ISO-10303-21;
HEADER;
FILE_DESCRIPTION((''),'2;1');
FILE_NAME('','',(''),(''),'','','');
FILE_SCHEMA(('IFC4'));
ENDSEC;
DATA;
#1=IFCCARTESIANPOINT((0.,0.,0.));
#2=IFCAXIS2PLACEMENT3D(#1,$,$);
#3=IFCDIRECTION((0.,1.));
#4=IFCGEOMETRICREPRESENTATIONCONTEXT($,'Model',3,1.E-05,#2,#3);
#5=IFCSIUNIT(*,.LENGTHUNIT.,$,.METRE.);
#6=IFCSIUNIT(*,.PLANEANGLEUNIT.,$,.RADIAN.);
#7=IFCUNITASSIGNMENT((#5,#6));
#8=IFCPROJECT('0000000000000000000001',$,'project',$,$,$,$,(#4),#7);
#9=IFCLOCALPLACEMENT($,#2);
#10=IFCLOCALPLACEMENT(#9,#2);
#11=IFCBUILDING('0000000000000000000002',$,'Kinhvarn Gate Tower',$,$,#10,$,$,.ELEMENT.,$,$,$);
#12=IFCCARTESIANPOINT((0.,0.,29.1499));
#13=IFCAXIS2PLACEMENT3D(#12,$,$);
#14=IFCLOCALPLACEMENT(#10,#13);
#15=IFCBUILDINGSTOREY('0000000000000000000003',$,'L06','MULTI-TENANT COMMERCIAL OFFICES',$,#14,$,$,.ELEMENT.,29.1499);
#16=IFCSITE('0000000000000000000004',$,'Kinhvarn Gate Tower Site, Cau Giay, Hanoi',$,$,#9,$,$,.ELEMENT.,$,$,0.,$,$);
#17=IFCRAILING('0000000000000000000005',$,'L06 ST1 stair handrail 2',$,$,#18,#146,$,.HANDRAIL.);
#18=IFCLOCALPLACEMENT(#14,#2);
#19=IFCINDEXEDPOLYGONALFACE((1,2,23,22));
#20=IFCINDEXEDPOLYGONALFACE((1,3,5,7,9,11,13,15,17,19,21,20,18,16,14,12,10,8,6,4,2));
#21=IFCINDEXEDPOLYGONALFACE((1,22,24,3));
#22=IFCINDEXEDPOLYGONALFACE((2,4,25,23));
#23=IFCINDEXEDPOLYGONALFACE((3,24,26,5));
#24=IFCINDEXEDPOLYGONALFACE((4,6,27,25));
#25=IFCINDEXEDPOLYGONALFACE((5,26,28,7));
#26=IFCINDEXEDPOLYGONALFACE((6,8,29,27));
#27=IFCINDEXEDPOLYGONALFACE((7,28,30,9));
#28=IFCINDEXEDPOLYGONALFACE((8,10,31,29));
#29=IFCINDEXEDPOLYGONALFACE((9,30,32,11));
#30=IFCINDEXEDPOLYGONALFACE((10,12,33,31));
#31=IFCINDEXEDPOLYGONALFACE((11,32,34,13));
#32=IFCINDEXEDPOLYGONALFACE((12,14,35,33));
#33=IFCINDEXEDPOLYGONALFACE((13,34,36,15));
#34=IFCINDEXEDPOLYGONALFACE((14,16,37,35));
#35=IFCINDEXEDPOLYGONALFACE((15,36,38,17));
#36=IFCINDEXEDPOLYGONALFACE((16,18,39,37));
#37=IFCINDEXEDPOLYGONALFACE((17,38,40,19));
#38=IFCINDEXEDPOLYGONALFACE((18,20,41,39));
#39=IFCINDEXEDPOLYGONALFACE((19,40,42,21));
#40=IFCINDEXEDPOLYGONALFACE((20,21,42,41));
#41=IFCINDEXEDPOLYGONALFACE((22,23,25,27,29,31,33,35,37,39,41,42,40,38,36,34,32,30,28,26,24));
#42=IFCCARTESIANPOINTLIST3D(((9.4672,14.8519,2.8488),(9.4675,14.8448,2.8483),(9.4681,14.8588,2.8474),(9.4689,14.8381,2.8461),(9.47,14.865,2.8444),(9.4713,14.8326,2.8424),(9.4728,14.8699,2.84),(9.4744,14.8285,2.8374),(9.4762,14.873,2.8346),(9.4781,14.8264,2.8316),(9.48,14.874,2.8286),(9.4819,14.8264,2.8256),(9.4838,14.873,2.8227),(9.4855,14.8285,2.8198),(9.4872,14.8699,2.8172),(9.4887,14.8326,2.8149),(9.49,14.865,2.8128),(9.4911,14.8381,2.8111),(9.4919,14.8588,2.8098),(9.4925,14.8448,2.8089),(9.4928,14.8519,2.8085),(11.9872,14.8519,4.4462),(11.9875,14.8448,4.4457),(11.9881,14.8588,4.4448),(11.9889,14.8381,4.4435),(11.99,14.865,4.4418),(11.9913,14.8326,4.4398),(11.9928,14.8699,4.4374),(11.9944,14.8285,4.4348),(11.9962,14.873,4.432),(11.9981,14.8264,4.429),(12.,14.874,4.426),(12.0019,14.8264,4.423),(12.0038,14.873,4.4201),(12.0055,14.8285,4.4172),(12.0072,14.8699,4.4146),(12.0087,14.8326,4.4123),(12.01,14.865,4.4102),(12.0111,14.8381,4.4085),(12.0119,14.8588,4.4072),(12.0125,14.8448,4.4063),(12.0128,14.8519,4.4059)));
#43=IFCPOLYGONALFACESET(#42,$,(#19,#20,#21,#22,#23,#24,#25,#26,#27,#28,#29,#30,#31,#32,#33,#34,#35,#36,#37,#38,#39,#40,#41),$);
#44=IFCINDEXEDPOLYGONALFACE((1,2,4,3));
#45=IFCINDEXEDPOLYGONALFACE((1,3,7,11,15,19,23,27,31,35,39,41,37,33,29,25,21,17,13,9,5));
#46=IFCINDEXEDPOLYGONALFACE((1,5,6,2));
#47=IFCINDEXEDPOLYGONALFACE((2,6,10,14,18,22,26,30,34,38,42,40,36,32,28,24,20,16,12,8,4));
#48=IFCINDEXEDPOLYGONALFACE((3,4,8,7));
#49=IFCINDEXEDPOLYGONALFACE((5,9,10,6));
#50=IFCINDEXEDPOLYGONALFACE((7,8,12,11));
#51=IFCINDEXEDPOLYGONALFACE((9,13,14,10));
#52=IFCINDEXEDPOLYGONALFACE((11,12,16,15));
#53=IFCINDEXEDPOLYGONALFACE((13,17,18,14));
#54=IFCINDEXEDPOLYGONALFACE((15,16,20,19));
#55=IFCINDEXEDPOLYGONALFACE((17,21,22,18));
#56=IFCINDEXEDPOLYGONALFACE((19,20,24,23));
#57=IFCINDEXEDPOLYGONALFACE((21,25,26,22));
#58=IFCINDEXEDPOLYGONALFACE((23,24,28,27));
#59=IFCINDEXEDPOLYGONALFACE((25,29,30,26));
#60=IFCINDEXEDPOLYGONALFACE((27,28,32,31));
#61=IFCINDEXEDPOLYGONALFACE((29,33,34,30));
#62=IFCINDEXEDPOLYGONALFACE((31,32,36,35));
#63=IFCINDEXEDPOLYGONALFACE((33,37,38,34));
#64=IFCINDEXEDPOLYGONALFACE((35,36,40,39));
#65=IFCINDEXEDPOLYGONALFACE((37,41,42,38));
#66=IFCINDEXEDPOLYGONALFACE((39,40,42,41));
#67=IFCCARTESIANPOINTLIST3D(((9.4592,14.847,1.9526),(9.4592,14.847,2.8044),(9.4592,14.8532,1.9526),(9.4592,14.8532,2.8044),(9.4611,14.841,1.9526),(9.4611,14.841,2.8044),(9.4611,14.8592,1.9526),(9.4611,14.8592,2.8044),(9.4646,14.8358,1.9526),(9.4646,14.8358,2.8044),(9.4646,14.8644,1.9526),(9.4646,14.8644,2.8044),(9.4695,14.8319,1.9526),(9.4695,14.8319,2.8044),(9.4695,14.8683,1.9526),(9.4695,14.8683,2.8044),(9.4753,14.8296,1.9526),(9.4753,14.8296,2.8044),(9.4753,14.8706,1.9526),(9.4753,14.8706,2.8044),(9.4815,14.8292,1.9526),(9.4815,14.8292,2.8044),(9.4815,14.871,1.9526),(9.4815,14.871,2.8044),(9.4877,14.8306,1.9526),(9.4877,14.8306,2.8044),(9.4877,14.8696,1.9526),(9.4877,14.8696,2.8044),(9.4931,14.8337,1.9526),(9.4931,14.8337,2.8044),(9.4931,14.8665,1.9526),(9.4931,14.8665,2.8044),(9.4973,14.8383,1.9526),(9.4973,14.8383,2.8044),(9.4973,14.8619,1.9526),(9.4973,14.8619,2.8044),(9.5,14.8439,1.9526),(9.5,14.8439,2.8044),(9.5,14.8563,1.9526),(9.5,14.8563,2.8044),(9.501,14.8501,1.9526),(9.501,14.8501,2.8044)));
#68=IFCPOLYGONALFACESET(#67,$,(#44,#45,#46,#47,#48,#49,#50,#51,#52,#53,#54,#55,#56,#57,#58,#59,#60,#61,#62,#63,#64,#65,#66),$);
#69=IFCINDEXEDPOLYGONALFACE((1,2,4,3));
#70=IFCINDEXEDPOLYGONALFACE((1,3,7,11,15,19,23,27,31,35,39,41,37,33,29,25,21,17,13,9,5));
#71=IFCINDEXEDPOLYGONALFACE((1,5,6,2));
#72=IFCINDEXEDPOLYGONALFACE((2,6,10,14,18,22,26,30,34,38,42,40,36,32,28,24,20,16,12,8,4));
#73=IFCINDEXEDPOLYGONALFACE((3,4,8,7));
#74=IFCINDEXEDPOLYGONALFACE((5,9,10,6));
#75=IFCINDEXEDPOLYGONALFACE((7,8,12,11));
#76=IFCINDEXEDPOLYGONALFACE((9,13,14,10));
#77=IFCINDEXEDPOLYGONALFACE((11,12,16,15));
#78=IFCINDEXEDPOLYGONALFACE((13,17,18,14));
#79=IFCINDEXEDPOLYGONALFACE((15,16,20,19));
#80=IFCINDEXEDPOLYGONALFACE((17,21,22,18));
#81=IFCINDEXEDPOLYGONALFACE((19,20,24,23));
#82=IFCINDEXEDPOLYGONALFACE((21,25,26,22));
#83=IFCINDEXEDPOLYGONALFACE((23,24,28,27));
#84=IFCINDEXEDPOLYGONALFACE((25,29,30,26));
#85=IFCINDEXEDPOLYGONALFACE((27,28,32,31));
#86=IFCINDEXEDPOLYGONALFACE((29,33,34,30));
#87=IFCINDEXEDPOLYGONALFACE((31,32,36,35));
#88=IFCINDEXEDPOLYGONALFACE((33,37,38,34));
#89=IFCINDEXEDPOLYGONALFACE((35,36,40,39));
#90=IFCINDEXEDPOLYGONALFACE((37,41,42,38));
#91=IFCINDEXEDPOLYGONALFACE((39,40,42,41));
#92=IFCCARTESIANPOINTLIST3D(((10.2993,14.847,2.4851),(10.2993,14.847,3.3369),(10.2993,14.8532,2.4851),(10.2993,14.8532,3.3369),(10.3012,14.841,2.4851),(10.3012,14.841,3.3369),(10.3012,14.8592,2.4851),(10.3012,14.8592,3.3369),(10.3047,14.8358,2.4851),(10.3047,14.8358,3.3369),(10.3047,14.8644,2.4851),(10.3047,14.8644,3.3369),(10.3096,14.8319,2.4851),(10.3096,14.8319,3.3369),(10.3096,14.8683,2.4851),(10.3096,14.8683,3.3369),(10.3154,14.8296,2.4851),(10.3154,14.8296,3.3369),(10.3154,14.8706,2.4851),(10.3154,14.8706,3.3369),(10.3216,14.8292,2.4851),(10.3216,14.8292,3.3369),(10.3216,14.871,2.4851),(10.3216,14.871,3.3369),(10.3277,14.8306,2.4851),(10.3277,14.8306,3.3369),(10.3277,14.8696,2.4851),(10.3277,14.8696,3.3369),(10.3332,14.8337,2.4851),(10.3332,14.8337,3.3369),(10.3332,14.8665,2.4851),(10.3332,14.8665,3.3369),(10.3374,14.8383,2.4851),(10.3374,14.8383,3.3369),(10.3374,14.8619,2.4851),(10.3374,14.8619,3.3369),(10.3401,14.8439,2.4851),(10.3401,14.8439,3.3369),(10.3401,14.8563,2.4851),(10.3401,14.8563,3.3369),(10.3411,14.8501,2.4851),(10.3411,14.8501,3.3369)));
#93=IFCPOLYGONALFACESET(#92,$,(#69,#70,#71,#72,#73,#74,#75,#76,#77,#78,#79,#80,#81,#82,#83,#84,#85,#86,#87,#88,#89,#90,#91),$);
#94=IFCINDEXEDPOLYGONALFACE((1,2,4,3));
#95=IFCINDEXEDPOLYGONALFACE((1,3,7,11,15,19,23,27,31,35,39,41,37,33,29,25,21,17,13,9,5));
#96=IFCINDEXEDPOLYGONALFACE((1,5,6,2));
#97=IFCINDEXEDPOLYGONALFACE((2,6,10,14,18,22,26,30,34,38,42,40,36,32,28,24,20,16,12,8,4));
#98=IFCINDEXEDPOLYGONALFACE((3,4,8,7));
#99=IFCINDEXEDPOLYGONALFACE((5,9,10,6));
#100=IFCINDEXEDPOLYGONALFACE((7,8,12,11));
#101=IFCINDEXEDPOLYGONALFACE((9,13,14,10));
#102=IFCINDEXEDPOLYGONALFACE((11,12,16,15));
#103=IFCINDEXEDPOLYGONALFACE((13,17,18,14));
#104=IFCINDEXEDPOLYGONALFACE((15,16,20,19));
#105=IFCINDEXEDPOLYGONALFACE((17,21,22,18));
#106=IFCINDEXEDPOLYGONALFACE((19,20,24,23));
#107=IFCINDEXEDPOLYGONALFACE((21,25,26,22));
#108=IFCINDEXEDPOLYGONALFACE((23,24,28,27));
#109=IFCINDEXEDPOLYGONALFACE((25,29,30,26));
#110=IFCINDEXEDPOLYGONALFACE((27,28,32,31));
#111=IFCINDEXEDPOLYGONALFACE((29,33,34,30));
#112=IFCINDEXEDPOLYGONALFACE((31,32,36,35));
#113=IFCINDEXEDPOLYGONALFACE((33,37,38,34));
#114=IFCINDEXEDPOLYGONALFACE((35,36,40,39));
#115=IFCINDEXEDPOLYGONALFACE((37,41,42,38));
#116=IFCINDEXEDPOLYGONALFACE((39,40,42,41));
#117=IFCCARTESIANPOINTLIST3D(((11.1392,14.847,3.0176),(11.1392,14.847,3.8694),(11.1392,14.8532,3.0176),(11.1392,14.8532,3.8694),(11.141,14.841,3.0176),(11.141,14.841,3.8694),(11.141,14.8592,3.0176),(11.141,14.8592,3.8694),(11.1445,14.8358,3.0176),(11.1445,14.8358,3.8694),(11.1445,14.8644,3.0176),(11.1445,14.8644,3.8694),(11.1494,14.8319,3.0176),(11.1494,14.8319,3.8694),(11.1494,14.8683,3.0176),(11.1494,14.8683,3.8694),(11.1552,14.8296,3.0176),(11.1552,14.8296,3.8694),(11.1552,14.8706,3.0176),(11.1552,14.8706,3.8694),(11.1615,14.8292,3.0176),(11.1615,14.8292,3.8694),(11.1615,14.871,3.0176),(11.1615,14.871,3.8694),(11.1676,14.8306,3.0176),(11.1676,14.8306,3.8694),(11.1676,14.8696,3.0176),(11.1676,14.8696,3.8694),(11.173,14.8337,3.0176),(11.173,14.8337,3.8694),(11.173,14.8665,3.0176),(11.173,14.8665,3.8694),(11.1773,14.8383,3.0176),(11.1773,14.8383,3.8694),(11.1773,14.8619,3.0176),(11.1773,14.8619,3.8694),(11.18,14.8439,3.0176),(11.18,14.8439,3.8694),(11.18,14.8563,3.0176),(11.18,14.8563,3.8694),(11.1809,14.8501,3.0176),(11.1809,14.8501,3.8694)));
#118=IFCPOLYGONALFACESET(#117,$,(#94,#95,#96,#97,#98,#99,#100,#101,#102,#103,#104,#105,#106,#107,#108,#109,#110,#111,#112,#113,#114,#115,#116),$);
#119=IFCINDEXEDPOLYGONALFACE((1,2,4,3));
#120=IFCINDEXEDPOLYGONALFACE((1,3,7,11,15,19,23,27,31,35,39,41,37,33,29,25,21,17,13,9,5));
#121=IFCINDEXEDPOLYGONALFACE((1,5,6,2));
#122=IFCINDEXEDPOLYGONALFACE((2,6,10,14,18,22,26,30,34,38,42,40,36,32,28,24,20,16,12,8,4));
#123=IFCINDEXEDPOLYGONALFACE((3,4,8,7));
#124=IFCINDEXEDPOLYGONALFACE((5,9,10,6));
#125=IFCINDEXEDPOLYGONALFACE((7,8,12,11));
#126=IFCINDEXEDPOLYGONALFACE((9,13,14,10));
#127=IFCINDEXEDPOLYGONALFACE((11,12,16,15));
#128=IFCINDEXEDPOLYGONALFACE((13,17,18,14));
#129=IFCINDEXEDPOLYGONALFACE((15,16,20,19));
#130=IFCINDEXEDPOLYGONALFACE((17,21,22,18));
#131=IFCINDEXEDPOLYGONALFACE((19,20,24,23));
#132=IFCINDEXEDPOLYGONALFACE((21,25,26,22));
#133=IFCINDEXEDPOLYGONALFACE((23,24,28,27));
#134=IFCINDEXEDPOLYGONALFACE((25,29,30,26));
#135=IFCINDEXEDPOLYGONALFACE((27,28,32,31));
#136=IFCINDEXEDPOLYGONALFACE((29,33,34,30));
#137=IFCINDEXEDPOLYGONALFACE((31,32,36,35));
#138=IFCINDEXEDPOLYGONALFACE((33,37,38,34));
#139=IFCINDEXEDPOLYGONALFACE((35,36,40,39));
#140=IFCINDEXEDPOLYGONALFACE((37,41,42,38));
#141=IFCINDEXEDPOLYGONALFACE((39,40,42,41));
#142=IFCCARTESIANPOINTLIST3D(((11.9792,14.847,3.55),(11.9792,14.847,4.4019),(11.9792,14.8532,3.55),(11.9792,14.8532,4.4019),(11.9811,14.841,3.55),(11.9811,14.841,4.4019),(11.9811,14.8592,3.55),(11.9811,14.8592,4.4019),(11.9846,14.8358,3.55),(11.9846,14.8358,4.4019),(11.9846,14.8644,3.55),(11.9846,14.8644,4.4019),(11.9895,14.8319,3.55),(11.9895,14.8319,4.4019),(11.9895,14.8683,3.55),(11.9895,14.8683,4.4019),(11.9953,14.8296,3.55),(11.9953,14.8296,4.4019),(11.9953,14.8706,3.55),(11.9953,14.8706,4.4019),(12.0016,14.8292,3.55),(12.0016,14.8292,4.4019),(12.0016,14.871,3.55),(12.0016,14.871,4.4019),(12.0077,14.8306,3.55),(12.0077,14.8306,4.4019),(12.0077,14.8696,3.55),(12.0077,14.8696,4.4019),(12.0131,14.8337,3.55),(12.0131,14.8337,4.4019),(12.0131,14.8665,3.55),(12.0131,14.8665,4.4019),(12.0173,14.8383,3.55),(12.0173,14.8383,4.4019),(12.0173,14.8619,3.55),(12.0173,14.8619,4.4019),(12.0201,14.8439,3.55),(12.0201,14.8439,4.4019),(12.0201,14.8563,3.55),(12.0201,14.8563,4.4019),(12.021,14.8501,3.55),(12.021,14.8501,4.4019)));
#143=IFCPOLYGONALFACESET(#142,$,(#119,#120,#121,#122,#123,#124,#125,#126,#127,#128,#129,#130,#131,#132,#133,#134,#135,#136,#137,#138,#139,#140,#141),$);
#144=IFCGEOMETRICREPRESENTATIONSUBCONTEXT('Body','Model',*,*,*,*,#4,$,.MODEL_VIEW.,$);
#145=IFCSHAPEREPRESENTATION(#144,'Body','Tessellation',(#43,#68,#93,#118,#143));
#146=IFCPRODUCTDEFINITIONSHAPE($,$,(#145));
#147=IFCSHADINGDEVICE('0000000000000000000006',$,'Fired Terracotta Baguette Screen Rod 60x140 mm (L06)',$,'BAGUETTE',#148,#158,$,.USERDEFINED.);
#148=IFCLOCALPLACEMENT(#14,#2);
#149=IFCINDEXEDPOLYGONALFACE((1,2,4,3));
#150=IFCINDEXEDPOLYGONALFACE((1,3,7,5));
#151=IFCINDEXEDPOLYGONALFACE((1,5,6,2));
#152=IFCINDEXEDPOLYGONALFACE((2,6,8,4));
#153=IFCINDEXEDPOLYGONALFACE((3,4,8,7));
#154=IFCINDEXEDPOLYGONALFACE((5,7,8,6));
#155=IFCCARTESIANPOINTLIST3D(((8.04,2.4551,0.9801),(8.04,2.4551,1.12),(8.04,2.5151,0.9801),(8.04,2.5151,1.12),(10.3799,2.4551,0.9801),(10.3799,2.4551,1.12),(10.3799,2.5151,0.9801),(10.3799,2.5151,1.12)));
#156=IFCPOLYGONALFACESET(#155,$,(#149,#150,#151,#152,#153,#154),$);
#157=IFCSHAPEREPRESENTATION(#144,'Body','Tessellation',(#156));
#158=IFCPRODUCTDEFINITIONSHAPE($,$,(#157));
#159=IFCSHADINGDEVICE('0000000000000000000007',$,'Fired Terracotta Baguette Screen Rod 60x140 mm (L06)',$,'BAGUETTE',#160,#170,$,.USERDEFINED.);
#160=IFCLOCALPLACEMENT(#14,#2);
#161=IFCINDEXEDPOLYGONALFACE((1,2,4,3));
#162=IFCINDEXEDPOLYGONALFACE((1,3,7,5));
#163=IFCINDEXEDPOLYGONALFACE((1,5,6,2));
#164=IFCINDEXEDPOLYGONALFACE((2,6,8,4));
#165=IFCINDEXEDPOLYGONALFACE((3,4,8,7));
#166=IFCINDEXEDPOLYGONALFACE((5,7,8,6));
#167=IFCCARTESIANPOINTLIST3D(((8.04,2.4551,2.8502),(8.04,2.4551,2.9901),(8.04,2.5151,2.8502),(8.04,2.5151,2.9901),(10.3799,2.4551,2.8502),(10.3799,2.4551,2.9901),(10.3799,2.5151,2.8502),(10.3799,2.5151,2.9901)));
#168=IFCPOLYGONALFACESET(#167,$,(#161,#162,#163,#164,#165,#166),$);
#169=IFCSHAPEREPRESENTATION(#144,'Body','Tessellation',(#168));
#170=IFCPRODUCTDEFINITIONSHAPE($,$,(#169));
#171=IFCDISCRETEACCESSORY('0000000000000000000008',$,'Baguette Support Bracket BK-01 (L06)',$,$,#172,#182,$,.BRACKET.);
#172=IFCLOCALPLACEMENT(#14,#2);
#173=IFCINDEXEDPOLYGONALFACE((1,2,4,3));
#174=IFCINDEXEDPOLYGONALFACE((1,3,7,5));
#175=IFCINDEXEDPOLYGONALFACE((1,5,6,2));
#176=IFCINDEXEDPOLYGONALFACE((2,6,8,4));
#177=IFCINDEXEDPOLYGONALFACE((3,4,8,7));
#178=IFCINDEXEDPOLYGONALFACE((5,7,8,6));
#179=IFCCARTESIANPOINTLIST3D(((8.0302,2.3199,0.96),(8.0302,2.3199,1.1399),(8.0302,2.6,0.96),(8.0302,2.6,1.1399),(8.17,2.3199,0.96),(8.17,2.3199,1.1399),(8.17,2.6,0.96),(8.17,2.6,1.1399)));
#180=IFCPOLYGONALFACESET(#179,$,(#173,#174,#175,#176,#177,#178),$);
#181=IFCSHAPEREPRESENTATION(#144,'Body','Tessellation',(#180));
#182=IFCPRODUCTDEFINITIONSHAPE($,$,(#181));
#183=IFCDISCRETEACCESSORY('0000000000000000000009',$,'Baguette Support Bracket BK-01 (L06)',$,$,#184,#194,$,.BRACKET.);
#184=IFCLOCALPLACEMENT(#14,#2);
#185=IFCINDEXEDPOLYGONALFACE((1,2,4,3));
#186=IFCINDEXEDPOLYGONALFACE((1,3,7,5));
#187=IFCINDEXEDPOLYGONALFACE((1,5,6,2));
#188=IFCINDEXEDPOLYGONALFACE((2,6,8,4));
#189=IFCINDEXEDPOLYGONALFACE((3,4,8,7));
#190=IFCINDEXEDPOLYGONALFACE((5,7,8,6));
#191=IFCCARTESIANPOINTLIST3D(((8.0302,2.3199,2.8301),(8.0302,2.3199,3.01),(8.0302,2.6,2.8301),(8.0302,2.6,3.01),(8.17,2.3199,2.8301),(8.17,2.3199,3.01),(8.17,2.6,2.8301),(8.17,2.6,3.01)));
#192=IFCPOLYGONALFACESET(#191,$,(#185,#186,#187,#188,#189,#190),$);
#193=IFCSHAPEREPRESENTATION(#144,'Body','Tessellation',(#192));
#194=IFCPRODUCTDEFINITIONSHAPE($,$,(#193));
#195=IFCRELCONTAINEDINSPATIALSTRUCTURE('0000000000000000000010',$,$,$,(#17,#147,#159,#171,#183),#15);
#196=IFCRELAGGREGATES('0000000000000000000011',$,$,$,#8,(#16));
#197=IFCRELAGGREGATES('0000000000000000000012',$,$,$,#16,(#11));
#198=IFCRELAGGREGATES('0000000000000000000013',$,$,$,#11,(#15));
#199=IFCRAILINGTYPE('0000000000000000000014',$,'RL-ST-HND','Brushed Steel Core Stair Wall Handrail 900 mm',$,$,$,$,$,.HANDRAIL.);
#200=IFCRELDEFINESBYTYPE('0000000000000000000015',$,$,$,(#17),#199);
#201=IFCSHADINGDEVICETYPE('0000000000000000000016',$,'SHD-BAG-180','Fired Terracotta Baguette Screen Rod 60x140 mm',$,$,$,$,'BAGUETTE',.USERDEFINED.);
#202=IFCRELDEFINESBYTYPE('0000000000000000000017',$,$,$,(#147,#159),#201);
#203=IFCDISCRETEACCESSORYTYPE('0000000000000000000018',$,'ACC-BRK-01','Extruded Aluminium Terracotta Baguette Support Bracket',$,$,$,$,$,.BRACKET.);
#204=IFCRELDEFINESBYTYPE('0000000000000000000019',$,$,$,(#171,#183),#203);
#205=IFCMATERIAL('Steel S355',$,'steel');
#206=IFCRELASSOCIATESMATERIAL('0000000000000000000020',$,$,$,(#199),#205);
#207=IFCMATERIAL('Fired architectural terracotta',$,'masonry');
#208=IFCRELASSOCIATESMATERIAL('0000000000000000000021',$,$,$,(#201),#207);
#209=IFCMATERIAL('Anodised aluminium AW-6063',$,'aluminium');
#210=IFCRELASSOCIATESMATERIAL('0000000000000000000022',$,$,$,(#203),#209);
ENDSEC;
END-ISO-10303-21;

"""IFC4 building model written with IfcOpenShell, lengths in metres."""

from ifc_helpers import new_model, si_unit, direction, frame, origin, origin_2d, place, context, subcontext, project, spatial, rectangle, circle, extrude, material, material_profile, profile_set, type_object, element, save


model = new_model("IFC4")

# Units and contexts
model_context = context("Model", 3, precision=1e-05, world=origin(), true_north=direction((0.0, 1.0)))
body_context = subcontext(model_context, "Body", "Model", "MODEL_VIEW")
ifc_project = project(units=[si_unit("LENGTHUNIT", "METRE"), si_unit("PLANEANGLEUNIT", "RADIAN")], contexts=[model_context])

# Site, building, storey
site_placement = place(None, origin())
site = spatial("IfcSite", under=ifc_project, at=site_placement, Name="Kinhvarn Gate Tower Site, Cau Giay, Hanoi", CompositionType="ELEMENT", RefElevation=0.0)
building_placement = place(site_placement, origin())
building = spatial("IfcBuilding", under=site, at=building_placement, Name="Kinhvarn Gate Tower", CompositionType="ELEMENT")
storey_placement = place(building_placement, frame((0.0, 0.0, 29.1499)))
storey = spatial("IfcBuildingStorey", under=building, at=storey_placement, Name="L06", Description="MULTI-TENANT COMMERCIAL OFFICES", CompositionType="ELEMENT", Elevation=29.1499)

# Shared definitions
ifc_material_1 = material(Name="Anodised aluminium AW-6063", Category="aluminium")

# Shared definitions
ifc_material_2 = material(Name="Steel S355", Category="steel")

# Shared definitions
ifc_material_3 = material(Name="Fired architectural terracotta", Category="masonry")

# Railing
railing_type_1 = type_object("IfcRailingType", Name="RL-ST-HND", Description="Brushed Steel Core Stair Wall Handrail 900 mm", PredefinedType="HANDRAIL", material=ifc_material_2)
railing_1_placement = place(storey_placement, frame((9.48, 14.8501, 1.9526)))
element("IfcRailing", 1, at=railing_1_placement, inside=storey, type_object=railing_type_1, Name="L06 ST1 stair handrail 2", PredefinedType="HANDRAIL", context=body_context, shape_type="SweptSolid", body=[
    extrude(circle(Radius=0.0239, at=origin_2d()), frame((0.0, 0.0, 0.876), z_axis=(0.844607, 0.0, 0.535387), x_axis=(0.0, 1.0, 0.0)), (0.0, 0.0, 1.0), 2.9836),
    extrude(circle(Radius=0.021, at=origin_2d()), origin(), (0.0, 0.0, 1.0), 0.8518),
    extrude(circle(Radius=0.021, at=origin_2d()), frame((0.8401, 0.0, 0.5325)), (0.0, 0.0, 1.0), 0.8518),
    extrude(circle(Radius=0.021, at=origin_2d()), frame((1.6799, 0.0, 1.0649)), (0.0, 0.0, 1.0), 0.8518),
    extrude(circle(Radius=0.021, at=origin_2d()), frame((2.52, 0.0, 1.5974)), (0.0, 0.0, 1.0), 0.8518),
])

# Shading devices
ifc_material_profile_1 = material_profile(ifc_material_3, rectangle(XDim=0.0601, YDim=0.1399, at=origin_2d()), Name="TC 60x140")
ifc_profile_set_1 = profile_set([ifc_material_profile_1], Name="Fired architectural terracotta")
shading_device_type = type_object("IfcShadingDeviceType", Name="SHD-BAG-180", Description="Fired Terracotta Baguette Screen Rod 60x140 mm", ElementType="BAGUETTE", PredefinedType="USERDEFINED", material=ifc_profile_set_1)
for number, where, z_axis, x_axis, name in (
    (2, (8.04, 2.4851, 1.05), (1.0, 0.0, 0.0), (0.0, 1.0, 0.0), "Fired Terracotta Baguette Screen Rod 60x140 mm (L06)"),
    (3, (8.04, 2.4851, 2.9202), (1.0, 0.0, 0.0), (0.0, 1.0, 0.0), "Fired Terracotta Baguette Screen Rod 60x140 mm (L06)"),
):
    element("IfcShadingDevice", number, at=place(storey_placement, frame(where, z_axis=z_axis, x_axis=x_axis)), inside=storey, type_object=shading_device_type, Name=name, ObjectType="BAGUETTE", PredefinedType="USERDEFINED", context=body_context, shape_type="SweptSolid", body=[
        extrude(rectangle(XDim=0.0601, YDim=0.1399, at=origin_2d()), origin(), (0.0, 0.0, 1.0), 2.3398),
    ])

# Discrete accessories
discrete_accessory_type = type_object("IfcDiscreteAccessoryType", Name="ACC-BRK-01", Description="Extruded Aluminium Terracotta Baguette Support Bracket", PredefinedType="BRACKET", material=ifc_material_1)
for number, where, z_axis, x_axis, name in (
    (4, (8.1001, 2.46, 0.96), (0.0, 0.0, 1.0), (1.0, 0.0, 0.0), "Baguette Support Bracket BK-01 (L06)"),
    (5, (8.1001, 2.46, 2.8301), (0.0, 0.0, 1.0), (1.0, 0.0, 0.0), "Baguette Support Bracket BK-01 (L06)"),
):
    element("IfcDiscreteAccessory", number, at=place(storey_placement, frame(where, z_axis=z_axis, x_axis=x_axis)), inside=storey, type_object=discrete_accessory_type, Name=name, PredefinedType="BRACKET", context=body_context, shape_type="SweptSolid", body=[
        extrude(rectangle(XDim=0.1399, YDim=0.28, at=origin_2d()), origin(), (0.0, 0.0, 1.0), 0.1799),
    ])

save(model, "model.ifc")
